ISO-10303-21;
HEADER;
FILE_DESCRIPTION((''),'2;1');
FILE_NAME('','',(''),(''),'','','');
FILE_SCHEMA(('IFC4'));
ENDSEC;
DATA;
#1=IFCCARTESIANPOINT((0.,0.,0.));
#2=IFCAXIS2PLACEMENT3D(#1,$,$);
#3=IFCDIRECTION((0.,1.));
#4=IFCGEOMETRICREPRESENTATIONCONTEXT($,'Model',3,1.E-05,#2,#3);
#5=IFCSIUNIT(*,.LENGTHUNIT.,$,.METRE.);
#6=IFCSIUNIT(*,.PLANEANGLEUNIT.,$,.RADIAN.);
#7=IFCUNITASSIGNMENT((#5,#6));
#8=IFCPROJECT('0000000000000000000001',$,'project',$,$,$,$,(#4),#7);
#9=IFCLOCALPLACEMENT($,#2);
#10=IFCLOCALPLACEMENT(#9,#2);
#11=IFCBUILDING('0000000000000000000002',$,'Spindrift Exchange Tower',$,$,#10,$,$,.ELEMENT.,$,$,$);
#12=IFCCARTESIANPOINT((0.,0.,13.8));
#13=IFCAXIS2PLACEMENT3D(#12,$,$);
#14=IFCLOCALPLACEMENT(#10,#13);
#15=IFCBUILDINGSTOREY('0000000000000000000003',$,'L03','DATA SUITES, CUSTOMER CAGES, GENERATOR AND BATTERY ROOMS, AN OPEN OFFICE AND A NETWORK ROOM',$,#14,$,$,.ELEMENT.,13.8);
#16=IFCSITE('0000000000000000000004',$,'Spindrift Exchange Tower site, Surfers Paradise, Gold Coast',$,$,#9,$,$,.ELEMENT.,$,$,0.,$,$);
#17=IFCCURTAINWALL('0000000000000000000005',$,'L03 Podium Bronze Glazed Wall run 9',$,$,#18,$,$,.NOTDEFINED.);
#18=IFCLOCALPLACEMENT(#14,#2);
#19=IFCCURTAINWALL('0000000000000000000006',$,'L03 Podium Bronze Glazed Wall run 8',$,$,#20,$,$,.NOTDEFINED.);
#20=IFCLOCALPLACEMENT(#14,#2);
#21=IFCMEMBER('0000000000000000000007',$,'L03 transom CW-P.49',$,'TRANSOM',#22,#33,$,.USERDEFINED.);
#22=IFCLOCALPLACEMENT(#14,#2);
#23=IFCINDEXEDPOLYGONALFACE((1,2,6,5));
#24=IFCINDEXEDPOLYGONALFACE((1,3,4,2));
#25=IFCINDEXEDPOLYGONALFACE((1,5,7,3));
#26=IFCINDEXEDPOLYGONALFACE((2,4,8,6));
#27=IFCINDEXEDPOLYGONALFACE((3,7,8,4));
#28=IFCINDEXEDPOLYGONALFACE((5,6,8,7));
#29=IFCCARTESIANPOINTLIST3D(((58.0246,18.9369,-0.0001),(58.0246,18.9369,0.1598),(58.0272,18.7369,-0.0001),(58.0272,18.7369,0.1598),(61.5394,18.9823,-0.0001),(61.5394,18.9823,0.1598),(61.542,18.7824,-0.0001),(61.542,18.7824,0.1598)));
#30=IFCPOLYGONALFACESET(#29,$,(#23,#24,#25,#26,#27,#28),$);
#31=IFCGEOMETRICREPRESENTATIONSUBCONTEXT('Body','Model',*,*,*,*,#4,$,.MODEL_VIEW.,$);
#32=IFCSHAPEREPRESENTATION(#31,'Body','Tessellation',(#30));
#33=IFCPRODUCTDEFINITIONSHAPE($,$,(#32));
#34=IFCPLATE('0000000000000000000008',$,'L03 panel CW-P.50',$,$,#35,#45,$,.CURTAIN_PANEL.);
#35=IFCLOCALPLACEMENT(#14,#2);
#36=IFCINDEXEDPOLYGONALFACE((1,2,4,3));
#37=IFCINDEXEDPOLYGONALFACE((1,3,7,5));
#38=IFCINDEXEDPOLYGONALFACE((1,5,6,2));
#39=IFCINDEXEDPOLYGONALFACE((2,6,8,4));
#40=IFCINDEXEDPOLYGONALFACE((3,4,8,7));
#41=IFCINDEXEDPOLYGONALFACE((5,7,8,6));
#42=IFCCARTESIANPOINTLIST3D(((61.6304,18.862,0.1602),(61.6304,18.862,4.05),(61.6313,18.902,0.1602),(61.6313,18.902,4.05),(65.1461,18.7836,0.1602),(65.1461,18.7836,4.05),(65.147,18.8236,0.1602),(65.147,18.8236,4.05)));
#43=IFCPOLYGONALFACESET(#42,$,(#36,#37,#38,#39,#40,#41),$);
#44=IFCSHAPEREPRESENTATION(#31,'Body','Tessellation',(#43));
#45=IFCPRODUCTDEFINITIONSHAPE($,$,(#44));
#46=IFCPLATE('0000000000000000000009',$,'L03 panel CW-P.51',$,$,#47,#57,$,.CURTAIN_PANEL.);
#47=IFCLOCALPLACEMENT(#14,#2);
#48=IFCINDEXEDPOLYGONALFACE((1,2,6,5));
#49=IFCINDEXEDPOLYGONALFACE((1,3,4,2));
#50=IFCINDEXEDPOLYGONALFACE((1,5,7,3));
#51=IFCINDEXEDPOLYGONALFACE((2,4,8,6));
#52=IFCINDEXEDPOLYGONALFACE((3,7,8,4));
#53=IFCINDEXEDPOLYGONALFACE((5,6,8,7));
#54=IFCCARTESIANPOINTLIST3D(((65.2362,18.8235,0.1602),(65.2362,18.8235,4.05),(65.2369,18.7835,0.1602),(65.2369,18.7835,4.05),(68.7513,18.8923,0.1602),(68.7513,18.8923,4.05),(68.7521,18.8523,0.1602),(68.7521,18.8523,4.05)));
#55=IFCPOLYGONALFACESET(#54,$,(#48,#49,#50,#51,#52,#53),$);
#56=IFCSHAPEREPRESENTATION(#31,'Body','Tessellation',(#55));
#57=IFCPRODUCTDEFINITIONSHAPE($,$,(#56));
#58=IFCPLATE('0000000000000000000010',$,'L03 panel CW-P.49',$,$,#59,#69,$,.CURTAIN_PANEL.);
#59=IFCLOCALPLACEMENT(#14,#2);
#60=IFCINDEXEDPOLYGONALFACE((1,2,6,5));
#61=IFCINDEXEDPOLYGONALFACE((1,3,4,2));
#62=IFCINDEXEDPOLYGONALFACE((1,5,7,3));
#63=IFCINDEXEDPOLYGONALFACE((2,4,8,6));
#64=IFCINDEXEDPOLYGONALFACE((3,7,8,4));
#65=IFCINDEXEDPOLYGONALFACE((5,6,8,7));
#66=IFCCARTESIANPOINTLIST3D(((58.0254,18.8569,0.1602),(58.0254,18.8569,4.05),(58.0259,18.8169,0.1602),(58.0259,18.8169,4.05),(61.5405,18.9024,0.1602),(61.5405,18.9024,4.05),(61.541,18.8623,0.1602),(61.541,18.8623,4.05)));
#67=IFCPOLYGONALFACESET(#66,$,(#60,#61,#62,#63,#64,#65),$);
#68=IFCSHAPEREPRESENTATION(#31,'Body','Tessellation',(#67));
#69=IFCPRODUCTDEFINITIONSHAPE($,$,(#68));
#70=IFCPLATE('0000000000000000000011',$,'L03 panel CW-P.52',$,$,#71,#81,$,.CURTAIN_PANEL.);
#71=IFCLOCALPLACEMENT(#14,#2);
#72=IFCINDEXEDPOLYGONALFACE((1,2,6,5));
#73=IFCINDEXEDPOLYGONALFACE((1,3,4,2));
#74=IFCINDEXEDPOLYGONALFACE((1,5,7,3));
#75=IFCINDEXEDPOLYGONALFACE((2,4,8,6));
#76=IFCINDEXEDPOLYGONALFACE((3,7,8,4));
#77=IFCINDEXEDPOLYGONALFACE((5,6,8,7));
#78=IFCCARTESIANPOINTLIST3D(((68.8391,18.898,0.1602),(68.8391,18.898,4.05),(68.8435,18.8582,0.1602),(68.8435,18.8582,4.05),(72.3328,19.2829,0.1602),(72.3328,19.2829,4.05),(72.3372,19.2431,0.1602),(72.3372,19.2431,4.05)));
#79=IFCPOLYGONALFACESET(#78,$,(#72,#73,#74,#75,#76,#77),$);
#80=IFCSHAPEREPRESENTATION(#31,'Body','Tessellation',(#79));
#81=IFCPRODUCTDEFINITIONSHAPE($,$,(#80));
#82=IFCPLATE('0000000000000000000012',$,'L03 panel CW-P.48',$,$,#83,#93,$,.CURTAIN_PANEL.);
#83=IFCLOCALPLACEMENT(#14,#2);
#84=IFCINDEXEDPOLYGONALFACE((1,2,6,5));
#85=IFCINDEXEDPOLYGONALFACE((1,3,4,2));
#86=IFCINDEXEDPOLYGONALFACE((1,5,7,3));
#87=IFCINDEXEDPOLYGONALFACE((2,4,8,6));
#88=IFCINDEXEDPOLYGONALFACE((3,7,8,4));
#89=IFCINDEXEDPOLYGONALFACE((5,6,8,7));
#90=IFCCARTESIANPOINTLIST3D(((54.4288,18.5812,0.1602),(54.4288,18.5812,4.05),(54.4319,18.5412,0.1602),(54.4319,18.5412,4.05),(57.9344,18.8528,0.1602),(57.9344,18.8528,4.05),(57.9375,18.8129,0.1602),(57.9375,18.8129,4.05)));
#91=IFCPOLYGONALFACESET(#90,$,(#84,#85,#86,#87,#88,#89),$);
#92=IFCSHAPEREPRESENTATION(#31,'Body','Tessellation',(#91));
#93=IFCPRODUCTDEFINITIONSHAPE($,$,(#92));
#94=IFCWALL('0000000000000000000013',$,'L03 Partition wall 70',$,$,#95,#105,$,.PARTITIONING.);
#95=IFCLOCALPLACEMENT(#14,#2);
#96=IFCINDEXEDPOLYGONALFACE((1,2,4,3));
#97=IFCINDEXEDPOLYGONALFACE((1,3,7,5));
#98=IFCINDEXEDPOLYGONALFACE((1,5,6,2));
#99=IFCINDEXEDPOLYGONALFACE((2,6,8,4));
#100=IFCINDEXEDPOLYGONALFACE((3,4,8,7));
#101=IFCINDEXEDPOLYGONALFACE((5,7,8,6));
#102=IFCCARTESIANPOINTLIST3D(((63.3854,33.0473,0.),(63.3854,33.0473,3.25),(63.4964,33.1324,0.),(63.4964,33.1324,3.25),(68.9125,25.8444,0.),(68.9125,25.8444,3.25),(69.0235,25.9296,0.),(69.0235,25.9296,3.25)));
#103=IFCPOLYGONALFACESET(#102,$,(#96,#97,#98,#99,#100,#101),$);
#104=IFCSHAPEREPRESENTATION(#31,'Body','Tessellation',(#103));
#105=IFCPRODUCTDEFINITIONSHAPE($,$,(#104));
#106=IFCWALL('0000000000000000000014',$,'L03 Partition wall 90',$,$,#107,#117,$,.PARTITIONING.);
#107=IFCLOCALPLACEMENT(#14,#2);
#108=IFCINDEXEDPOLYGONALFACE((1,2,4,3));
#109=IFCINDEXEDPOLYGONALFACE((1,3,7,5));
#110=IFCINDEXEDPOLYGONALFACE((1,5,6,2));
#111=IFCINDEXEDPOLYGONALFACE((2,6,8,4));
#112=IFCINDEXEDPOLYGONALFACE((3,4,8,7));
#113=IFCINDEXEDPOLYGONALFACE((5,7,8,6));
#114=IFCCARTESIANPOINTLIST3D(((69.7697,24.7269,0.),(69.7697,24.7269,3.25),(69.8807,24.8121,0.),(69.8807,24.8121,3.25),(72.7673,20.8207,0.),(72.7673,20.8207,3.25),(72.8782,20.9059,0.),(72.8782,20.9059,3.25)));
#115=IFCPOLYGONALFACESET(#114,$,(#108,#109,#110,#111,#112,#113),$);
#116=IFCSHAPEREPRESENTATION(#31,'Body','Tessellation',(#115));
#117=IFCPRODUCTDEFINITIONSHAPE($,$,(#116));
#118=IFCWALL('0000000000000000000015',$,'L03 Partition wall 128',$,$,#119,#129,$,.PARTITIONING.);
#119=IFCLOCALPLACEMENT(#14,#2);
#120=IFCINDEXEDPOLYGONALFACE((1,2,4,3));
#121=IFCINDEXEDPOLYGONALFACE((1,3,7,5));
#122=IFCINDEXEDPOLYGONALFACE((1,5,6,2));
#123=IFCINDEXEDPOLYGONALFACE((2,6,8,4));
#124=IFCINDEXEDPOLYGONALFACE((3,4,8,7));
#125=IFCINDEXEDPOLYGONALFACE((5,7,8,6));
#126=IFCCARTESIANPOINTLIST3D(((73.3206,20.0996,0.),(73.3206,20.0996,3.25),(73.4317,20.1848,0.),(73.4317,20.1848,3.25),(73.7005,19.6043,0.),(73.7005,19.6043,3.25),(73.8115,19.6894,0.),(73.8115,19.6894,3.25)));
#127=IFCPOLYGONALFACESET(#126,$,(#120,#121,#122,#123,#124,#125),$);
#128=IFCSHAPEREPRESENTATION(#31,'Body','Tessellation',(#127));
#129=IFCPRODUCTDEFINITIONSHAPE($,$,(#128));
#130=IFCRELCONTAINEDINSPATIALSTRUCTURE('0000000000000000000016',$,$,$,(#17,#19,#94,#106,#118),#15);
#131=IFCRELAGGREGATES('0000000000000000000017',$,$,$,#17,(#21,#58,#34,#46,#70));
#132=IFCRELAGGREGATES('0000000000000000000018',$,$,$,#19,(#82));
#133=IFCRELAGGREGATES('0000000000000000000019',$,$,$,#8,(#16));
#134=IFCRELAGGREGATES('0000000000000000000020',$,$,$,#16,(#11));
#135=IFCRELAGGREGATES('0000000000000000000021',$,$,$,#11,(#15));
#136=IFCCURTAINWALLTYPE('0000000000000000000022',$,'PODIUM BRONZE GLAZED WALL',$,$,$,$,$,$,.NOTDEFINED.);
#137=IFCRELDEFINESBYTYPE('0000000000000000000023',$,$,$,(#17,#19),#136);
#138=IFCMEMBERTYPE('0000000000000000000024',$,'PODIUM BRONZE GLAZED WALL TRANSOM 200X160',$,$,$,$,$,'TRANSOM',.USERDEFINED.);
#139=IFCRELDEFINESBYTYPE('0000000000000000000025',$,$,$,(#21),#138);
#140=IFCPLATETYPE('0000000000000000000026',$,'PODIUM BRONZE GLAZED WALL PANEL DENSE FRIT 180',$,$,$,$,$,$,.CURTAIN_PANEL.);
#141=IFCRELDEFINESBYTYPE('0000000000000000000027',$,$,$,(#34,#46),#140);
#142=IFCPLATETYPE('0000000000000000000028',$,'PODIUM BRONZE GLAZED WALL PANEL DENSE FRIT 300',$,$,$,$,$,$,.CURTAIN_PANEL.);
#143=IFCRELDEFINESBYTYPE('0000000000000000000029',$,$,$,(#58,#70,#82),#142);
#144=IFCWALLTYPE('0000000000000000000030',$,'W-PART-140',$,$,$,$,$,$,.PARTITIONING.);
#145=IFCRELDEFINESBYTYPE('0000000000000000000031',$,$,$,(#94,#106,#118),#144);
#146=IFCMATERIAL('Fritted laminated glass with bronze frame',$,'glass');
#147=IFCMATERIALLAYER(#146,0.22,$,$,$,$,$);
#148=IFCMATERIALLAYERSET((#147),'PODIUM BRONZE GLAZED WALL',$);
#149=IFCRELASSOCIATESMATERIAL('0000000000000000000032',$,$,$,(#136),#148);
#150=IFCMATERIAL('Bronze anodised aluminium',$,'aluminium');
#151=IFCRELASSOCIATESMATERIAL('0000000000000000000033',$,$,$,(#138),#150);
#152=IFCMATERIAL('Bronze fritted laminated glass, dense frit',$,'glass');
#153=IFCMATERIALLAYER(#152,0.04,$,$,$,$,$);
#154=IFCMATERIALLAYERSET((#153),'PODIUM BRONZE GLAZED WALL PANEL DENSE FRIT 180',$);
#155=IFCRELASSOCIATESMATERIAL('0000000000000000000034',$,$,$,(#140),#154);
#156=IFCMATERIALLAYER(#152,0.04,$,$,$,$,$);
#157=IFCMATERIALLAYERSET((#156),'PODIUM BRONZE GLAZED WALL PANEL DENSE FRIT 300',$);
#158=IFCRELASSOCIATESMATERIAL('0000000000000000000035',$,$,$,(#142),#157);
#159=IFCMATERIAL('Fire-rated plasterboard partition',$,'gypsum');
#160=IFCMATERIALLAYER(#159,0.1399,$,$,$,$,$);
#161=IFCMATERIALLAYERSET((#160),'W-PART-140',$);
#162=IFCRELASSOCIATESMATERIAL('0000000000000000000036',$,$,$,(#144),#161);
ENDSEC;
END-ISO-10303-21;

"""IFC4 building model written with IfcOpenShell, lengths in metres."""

from ifc_helpers import new_model, si_unit, direction, frame, frame_2d, origin, origin_2d, place, context, subcontext, project, spatial, rectangle, extrude, source, transform, mapped, material, layer, layer_set, material_profile, profile_set, type_object, element, aggregate, save


model = new_model("IFC4")

# Units and contexts
model_context = context("Model", 3, precision=1e-05, world=origin(), true_north=direction((0.0, 1.0)))
body_context = subcontext(model_context, "Body", "Model", "MODEL_VIEW")
ifc_project = project(units=[si_unit("LENGTHUNIT", "METRE"), si_unit("PLANEANGLEUNIT", "RADIAN")], contexts=[model_context])

# Site, building, storey
site_placement = place(None, origin())
site = spatial("IfcSite", under=ifc_project, at=site_placement, Name="Spindrift Exchange Tower site, Surfers Paradise, Gold Coast", CompositionType="ELEMENT", RefElevation=0.0)
building_placement = place(site_placement, origin())
building = spatial("IfcBuilding", under=site, at=building_placement, Name="Spindrift Exchange Tower", CompositionType="ELEMENT")
storey_placement = place(building_placement, frame((0.0, 0.0, 13.8)))
storey = spatial("IfcBuildingStorey", under=building, at=storey_placement, Name="L03", Description="DATA SUITES, CUSTOMER CAGES, GENERATOR AND BATTERY ROOMS, AN OPEN OFFICE AND A NETWORK ROOM", CompositionType="ELEMENT", Elevation=13.8)

# Curtain wall
ifc_material_1 = material(Name="Fritted laminated glass with bronze frame", Category="glass")
ifc_layer_1 = layer(ifc_material_1, 0.22)
ifc_layer_set_1 = layer_set([ifc_layer_1], Name="PODIUM BRONZE GLAZED WALL")
curtain_wall_type = type_object("IfcCurtainWallType", Name="PODIUM BRONZE GLAZED WALL", PredefinedType="NOTDEFINED", material=ifc_layer_set_1)
curtain_wall_1_placement = place(storey_placement, origin())
curtain_wall_1 = element("IfcCurtainWall", 1, at=curtain_wall_1_placement, inside=storey, type_object=curtain_wall_type, Name="L03 Podium Bronze Glazed Wall run 9", PredefinedType="NOTDEFINED")
ifc_material_2 = material(Name="Bronze anodised aluminium", Category="aluminium")

# Curtain wall
curtain_wall_2_placement = place(storey_placement, origin())
curtain_wall_2 = element("IfcCurtainWall", 2, at=curtain_wall_2_placement, inside=storey, type_object=curtain_wall_type, Name="L03 Podium Bronze Glazed Wall run 8", PredefinedType="NOTDEFINED")
ifc_material_profile_1 = material_profile(ifc_material_2, rectangle(XDim=0.2, YDim=0.1599, at=origin_2d()), Name="PODIUM BRONZE GLAZED WALL TRANSOM 200X160")
ifc_profile_set_1 = profile_set([ifc_material_profile_1], Name="Bronze anodised aluminium")
member_type_1 = type_object("IfcMemberType", Name="PODIUM BRONZE GLAZED WALL TRANSOM 200X160", ElementType="TRANSOM", PredefinedType="USERDEFINED", material=ifc_profile_set_1)

# Member
shared_shape_1 = source(origin(), body_context, "Body", "SweptSolid", [
    extrude(rectangle(XDim=0.2, YDim=0.1599, at=origin_2d()), origin(), (0.0, 0.0, 1.0), 3.5151),
])
member_1_placement = place(storey_placement, frame((58.0259, 18.8369, 0.0798), z_axis=(0.999917, 0.012918, 0.0), x_axis=(-0.012918, 0.999917, 0.0)))
member_1 = element("IfcMember", 3, at=member_1_placement, type_object=member_type_1, Name="L03 transom CW-P.49", ObjectType="TRANSOM", PredefinedType="USERDEFINED", context=body_context, shape_type="MappedRepresentation", body=[
    mapped(shared_shape_1, transform((0.0, 0.0, 0.0), scale=1.0)),
])

# Plates
ifc_material_3 = material(Name="Bronze fritted laminated glass, dense frit", Category="glass")
ifc_layer_2 = layer(ifc_material_3, 0.04)
ifc_layer_set_2 = layer_set([ifc_layer_2], Name="PODIUM BRONZE GLAZED WALL PANEL DENSE FRIT 180")
plate_type_1 = type_object("IfcPlateType", Name="PODIUM BRONZE GLAZED WALL PANEL DENSE FRIT 180", PredefinedType="CURTAIN_PANEL", material=ifc_layer_set_2)
shared_shape_2 = source(origin(), body_context, "Body", "SweptSolid", [
    extrude(rectangle(XDim=3.5166, YDim=0.04, at=origin_2d()), origin(), (0.0, 0.0, 1.0), 3.8899),
])
plate_1_placement = place(storey_placement, frame((63.3887, 18.8428, 0.1602), z_axis=(0.0, 0.0, 1.0), x_axis=(0.999751, -0.022293, 0.0)))
plate_1 = element("IfcPlate", 4, at=plate_1_placement, type_object=plate_type_1, Name="L03 panel CW-P.50", PredefinedType="CURTAIN_PANEL", context=body_context, shape_type="MappedRepresentation", body=[
    mapped(shared_shape_2, transform((0.0, 0.0, 0.0), scale=1.0)),
])
shared_shape_3 = source(origin(), body_context, "Body", "SweptSolid", [
    extrude(rectangle(XDim=3.5159, YDim=0.04, at=origin_2d()), origin(), (0.0, 0.0, 1.0), 3.8899),
])
plate_2_placement = place(storey_placement, frame((66.9941, 18.8379, 0.1602), z_axis=(0.0, 0.0, 1.0), x_axis=(0.999808, 0.01958, 0.0)))
plate_2 = element("IfcPlate", 5, at=plate_2_placement, type_object=plate_type_1, Name="L03 panel CW-P.51", PredefinedType="CURTAIN_PANEL", context=body_context, shape_type="MappedRepresentation", body=[
    mapped(shared_shape_3, transform((0.0, 0.0, 0.0), scale=1.0)),
])
ifc_layer_3 = layer(ifc_material_3, 0.04)
ifc_layer_set_3 = layer_set([ifc_layer_3], Name="PODIUM BRONZE GLAZED WALL PANEL DENSE FRIT 300")
plate_type_2 = type_object("IfcPlateType", Name="PODIUM BRONZE GLAZED WALL PANEL DENSE FRIT 300", PredefinedType="CURTAIN_PANEL", material=ifc_layer_set_3)
shared_shape_4 = source(origin(), body_context, "Body", "SweptSolid", [
    extrude(rectangle(XDim=3.5154, YDim=0.04, at=origin_2d()), origin(), (0.0, 0.0, 1.0), 3.8899),
])
plate_3_placement = place(storey_placement, frame((59.7832, 18.8596, 0.1602), z_axis=(0.0, 0.0, 1.0), x_axis=(0.999916, 0.012926, 0.0)))
plate_3 = element("IfcPlate", 6, at=plate_3_placement, type_object=plate_type_2, Name="L03 panel CW-P.49", PredefinedType="CURTAIN_PANEL", context=body_context, shape_type="MappedRepresentation", body=[
    mapped(shared_shape_4, transform((0.0, 0.0, 0.0), scale=1.0)),
])
shared_shape_5 = source(origin(), body_context, "Body", "SweptSolid", [
    extrude(rectangle(XDim=3.5149, YDim=0.04, at=origin_2d()), origin(), (0.0, 0.0, 1.0), 3.8899),
])
plate_4_placement = place(storey_placement, frame((70.5881, 19.0706, 0.1602), z_axis=(0.0, 0.0, 1.0), x_axis=(0.993984, 0.109521, 0.0)))
plate_4 = element("IfcPlate", 7, at=plate_4_placement, type_object=plate_type_2, Name="L03 panel CW-P.52", PredefinedType="CURTAIN_PANEL", context=body_context, shape_type="MappedRepresentation", body=[
    mapped(shared_shape_5, transform((0.0, 0.0, 0.0), scale=1.0)),
])
aggregate(curtain_wall_1, [member_1, plate_3, plate_1, plate_2, plate_4])
shared_shape_6 = source(origin(), body_context, "Body", "SweptSolid", [
    extrude(rectangle(XDim=3.5161, YDim=0.04, at=origin_2d()), origin(), (0.0, 0.0, 1.0), 3.8899),
])
plate_5_placement = place(storey_placement, frame((56.1831, 18.697, 0.1602), z_axis=(0.0, 0.0, 1.0), x_axis=(0.997011, 0.077258, 0.0)))
plate_5 = element("IfcPlate", 8, at=plate_5_placement, type_object=plate_type_2, Name="L03 panel CW-P.48", PredefinedType="CURTAIN_PANEL", context=body_context, shape_type="MappedRepresentation", body=[
    mapped(shared_shape_6, transform((0.0, 0.0, 0.0), scale=1.0)),
])
aggregate(curtain_wall_2, [plate_5])

# Walls
ifc_material_4 = material(Name="Fire-rated plasterboard partition", Category="gypsum")
ifc_layer_4 = layer(ifc_material_4, 0.1399)
ifc_layer_set_4 = layer_set([ifc_layer_4], Name="W-PART-140")
wall_type = type_object("IfcWallType", Name="W-PART-140", PredefinedType="PARTITIONING", material=ifc_layer_set_4)
wall_1_placement = place(storey_placement, frame((63.4409, 33.0898, 0.0), z_axis=(0.0, 0.0, 1.0), x_axis=(0.608771, -0.793346, 0.0)))
element("IfcWall", 9, at=wall_1_placement, inside=storey, type_object=wall_type, Name="L03 Partition wall 70", PredefinedType="PARTITIONING", context=body_context, shape_type="SweptSolid", body=[
    extrude(rectangle(XDim=9.0791, YDim=0.1399, at=frame_2d((4.5396, 0.0))), origin(), (0.0, 0.0, 1.0), 3.25),
])
wall_2_placement = place(storey_placement, frame((69.8252, 24.7695, 0.0), z_axis=(0.0, 0.0, 1.0), x_axis=(0.608785, -0.793335, 0.0)))
element("IfcWall", 10, at=wall_2_placement, inside=storey, type_object=wall_type, Name="L03 Partition wall 90", PredefinedType="PARTITIONING", context=body_context, shape_type="SweptSolid", body=[
    extrude(rectangle(XDim=4.9238, YDim=0.1399, at=frame_2d((2.4619, 0.0))), origin(), (0.0, 0.0, 1.0), 3.25),
])
wall_3_placement = place(storey_placement, frame((73.3762, 20.1421, 0.0), z_axis=(0.0, 0.0, 1.0), x_axis=(0.608538, -0.793525, 0.0)))
element("IfcWall", 11, at=wall_3_placement, inside=storey, type_object=wall_type, Name="L03 Partition wall 128", PredefinedType="PARTITIONING", context=body_context, shape_type="SweptSolid", body=[
    extrude(rectangle(XDim=0.6243, YDim=0.1399, at=frame_2d((0.312, 0.0))), origin(), (0.0, 0.0, 1.0), 3.25),
])

save(model, "model.ifc")
